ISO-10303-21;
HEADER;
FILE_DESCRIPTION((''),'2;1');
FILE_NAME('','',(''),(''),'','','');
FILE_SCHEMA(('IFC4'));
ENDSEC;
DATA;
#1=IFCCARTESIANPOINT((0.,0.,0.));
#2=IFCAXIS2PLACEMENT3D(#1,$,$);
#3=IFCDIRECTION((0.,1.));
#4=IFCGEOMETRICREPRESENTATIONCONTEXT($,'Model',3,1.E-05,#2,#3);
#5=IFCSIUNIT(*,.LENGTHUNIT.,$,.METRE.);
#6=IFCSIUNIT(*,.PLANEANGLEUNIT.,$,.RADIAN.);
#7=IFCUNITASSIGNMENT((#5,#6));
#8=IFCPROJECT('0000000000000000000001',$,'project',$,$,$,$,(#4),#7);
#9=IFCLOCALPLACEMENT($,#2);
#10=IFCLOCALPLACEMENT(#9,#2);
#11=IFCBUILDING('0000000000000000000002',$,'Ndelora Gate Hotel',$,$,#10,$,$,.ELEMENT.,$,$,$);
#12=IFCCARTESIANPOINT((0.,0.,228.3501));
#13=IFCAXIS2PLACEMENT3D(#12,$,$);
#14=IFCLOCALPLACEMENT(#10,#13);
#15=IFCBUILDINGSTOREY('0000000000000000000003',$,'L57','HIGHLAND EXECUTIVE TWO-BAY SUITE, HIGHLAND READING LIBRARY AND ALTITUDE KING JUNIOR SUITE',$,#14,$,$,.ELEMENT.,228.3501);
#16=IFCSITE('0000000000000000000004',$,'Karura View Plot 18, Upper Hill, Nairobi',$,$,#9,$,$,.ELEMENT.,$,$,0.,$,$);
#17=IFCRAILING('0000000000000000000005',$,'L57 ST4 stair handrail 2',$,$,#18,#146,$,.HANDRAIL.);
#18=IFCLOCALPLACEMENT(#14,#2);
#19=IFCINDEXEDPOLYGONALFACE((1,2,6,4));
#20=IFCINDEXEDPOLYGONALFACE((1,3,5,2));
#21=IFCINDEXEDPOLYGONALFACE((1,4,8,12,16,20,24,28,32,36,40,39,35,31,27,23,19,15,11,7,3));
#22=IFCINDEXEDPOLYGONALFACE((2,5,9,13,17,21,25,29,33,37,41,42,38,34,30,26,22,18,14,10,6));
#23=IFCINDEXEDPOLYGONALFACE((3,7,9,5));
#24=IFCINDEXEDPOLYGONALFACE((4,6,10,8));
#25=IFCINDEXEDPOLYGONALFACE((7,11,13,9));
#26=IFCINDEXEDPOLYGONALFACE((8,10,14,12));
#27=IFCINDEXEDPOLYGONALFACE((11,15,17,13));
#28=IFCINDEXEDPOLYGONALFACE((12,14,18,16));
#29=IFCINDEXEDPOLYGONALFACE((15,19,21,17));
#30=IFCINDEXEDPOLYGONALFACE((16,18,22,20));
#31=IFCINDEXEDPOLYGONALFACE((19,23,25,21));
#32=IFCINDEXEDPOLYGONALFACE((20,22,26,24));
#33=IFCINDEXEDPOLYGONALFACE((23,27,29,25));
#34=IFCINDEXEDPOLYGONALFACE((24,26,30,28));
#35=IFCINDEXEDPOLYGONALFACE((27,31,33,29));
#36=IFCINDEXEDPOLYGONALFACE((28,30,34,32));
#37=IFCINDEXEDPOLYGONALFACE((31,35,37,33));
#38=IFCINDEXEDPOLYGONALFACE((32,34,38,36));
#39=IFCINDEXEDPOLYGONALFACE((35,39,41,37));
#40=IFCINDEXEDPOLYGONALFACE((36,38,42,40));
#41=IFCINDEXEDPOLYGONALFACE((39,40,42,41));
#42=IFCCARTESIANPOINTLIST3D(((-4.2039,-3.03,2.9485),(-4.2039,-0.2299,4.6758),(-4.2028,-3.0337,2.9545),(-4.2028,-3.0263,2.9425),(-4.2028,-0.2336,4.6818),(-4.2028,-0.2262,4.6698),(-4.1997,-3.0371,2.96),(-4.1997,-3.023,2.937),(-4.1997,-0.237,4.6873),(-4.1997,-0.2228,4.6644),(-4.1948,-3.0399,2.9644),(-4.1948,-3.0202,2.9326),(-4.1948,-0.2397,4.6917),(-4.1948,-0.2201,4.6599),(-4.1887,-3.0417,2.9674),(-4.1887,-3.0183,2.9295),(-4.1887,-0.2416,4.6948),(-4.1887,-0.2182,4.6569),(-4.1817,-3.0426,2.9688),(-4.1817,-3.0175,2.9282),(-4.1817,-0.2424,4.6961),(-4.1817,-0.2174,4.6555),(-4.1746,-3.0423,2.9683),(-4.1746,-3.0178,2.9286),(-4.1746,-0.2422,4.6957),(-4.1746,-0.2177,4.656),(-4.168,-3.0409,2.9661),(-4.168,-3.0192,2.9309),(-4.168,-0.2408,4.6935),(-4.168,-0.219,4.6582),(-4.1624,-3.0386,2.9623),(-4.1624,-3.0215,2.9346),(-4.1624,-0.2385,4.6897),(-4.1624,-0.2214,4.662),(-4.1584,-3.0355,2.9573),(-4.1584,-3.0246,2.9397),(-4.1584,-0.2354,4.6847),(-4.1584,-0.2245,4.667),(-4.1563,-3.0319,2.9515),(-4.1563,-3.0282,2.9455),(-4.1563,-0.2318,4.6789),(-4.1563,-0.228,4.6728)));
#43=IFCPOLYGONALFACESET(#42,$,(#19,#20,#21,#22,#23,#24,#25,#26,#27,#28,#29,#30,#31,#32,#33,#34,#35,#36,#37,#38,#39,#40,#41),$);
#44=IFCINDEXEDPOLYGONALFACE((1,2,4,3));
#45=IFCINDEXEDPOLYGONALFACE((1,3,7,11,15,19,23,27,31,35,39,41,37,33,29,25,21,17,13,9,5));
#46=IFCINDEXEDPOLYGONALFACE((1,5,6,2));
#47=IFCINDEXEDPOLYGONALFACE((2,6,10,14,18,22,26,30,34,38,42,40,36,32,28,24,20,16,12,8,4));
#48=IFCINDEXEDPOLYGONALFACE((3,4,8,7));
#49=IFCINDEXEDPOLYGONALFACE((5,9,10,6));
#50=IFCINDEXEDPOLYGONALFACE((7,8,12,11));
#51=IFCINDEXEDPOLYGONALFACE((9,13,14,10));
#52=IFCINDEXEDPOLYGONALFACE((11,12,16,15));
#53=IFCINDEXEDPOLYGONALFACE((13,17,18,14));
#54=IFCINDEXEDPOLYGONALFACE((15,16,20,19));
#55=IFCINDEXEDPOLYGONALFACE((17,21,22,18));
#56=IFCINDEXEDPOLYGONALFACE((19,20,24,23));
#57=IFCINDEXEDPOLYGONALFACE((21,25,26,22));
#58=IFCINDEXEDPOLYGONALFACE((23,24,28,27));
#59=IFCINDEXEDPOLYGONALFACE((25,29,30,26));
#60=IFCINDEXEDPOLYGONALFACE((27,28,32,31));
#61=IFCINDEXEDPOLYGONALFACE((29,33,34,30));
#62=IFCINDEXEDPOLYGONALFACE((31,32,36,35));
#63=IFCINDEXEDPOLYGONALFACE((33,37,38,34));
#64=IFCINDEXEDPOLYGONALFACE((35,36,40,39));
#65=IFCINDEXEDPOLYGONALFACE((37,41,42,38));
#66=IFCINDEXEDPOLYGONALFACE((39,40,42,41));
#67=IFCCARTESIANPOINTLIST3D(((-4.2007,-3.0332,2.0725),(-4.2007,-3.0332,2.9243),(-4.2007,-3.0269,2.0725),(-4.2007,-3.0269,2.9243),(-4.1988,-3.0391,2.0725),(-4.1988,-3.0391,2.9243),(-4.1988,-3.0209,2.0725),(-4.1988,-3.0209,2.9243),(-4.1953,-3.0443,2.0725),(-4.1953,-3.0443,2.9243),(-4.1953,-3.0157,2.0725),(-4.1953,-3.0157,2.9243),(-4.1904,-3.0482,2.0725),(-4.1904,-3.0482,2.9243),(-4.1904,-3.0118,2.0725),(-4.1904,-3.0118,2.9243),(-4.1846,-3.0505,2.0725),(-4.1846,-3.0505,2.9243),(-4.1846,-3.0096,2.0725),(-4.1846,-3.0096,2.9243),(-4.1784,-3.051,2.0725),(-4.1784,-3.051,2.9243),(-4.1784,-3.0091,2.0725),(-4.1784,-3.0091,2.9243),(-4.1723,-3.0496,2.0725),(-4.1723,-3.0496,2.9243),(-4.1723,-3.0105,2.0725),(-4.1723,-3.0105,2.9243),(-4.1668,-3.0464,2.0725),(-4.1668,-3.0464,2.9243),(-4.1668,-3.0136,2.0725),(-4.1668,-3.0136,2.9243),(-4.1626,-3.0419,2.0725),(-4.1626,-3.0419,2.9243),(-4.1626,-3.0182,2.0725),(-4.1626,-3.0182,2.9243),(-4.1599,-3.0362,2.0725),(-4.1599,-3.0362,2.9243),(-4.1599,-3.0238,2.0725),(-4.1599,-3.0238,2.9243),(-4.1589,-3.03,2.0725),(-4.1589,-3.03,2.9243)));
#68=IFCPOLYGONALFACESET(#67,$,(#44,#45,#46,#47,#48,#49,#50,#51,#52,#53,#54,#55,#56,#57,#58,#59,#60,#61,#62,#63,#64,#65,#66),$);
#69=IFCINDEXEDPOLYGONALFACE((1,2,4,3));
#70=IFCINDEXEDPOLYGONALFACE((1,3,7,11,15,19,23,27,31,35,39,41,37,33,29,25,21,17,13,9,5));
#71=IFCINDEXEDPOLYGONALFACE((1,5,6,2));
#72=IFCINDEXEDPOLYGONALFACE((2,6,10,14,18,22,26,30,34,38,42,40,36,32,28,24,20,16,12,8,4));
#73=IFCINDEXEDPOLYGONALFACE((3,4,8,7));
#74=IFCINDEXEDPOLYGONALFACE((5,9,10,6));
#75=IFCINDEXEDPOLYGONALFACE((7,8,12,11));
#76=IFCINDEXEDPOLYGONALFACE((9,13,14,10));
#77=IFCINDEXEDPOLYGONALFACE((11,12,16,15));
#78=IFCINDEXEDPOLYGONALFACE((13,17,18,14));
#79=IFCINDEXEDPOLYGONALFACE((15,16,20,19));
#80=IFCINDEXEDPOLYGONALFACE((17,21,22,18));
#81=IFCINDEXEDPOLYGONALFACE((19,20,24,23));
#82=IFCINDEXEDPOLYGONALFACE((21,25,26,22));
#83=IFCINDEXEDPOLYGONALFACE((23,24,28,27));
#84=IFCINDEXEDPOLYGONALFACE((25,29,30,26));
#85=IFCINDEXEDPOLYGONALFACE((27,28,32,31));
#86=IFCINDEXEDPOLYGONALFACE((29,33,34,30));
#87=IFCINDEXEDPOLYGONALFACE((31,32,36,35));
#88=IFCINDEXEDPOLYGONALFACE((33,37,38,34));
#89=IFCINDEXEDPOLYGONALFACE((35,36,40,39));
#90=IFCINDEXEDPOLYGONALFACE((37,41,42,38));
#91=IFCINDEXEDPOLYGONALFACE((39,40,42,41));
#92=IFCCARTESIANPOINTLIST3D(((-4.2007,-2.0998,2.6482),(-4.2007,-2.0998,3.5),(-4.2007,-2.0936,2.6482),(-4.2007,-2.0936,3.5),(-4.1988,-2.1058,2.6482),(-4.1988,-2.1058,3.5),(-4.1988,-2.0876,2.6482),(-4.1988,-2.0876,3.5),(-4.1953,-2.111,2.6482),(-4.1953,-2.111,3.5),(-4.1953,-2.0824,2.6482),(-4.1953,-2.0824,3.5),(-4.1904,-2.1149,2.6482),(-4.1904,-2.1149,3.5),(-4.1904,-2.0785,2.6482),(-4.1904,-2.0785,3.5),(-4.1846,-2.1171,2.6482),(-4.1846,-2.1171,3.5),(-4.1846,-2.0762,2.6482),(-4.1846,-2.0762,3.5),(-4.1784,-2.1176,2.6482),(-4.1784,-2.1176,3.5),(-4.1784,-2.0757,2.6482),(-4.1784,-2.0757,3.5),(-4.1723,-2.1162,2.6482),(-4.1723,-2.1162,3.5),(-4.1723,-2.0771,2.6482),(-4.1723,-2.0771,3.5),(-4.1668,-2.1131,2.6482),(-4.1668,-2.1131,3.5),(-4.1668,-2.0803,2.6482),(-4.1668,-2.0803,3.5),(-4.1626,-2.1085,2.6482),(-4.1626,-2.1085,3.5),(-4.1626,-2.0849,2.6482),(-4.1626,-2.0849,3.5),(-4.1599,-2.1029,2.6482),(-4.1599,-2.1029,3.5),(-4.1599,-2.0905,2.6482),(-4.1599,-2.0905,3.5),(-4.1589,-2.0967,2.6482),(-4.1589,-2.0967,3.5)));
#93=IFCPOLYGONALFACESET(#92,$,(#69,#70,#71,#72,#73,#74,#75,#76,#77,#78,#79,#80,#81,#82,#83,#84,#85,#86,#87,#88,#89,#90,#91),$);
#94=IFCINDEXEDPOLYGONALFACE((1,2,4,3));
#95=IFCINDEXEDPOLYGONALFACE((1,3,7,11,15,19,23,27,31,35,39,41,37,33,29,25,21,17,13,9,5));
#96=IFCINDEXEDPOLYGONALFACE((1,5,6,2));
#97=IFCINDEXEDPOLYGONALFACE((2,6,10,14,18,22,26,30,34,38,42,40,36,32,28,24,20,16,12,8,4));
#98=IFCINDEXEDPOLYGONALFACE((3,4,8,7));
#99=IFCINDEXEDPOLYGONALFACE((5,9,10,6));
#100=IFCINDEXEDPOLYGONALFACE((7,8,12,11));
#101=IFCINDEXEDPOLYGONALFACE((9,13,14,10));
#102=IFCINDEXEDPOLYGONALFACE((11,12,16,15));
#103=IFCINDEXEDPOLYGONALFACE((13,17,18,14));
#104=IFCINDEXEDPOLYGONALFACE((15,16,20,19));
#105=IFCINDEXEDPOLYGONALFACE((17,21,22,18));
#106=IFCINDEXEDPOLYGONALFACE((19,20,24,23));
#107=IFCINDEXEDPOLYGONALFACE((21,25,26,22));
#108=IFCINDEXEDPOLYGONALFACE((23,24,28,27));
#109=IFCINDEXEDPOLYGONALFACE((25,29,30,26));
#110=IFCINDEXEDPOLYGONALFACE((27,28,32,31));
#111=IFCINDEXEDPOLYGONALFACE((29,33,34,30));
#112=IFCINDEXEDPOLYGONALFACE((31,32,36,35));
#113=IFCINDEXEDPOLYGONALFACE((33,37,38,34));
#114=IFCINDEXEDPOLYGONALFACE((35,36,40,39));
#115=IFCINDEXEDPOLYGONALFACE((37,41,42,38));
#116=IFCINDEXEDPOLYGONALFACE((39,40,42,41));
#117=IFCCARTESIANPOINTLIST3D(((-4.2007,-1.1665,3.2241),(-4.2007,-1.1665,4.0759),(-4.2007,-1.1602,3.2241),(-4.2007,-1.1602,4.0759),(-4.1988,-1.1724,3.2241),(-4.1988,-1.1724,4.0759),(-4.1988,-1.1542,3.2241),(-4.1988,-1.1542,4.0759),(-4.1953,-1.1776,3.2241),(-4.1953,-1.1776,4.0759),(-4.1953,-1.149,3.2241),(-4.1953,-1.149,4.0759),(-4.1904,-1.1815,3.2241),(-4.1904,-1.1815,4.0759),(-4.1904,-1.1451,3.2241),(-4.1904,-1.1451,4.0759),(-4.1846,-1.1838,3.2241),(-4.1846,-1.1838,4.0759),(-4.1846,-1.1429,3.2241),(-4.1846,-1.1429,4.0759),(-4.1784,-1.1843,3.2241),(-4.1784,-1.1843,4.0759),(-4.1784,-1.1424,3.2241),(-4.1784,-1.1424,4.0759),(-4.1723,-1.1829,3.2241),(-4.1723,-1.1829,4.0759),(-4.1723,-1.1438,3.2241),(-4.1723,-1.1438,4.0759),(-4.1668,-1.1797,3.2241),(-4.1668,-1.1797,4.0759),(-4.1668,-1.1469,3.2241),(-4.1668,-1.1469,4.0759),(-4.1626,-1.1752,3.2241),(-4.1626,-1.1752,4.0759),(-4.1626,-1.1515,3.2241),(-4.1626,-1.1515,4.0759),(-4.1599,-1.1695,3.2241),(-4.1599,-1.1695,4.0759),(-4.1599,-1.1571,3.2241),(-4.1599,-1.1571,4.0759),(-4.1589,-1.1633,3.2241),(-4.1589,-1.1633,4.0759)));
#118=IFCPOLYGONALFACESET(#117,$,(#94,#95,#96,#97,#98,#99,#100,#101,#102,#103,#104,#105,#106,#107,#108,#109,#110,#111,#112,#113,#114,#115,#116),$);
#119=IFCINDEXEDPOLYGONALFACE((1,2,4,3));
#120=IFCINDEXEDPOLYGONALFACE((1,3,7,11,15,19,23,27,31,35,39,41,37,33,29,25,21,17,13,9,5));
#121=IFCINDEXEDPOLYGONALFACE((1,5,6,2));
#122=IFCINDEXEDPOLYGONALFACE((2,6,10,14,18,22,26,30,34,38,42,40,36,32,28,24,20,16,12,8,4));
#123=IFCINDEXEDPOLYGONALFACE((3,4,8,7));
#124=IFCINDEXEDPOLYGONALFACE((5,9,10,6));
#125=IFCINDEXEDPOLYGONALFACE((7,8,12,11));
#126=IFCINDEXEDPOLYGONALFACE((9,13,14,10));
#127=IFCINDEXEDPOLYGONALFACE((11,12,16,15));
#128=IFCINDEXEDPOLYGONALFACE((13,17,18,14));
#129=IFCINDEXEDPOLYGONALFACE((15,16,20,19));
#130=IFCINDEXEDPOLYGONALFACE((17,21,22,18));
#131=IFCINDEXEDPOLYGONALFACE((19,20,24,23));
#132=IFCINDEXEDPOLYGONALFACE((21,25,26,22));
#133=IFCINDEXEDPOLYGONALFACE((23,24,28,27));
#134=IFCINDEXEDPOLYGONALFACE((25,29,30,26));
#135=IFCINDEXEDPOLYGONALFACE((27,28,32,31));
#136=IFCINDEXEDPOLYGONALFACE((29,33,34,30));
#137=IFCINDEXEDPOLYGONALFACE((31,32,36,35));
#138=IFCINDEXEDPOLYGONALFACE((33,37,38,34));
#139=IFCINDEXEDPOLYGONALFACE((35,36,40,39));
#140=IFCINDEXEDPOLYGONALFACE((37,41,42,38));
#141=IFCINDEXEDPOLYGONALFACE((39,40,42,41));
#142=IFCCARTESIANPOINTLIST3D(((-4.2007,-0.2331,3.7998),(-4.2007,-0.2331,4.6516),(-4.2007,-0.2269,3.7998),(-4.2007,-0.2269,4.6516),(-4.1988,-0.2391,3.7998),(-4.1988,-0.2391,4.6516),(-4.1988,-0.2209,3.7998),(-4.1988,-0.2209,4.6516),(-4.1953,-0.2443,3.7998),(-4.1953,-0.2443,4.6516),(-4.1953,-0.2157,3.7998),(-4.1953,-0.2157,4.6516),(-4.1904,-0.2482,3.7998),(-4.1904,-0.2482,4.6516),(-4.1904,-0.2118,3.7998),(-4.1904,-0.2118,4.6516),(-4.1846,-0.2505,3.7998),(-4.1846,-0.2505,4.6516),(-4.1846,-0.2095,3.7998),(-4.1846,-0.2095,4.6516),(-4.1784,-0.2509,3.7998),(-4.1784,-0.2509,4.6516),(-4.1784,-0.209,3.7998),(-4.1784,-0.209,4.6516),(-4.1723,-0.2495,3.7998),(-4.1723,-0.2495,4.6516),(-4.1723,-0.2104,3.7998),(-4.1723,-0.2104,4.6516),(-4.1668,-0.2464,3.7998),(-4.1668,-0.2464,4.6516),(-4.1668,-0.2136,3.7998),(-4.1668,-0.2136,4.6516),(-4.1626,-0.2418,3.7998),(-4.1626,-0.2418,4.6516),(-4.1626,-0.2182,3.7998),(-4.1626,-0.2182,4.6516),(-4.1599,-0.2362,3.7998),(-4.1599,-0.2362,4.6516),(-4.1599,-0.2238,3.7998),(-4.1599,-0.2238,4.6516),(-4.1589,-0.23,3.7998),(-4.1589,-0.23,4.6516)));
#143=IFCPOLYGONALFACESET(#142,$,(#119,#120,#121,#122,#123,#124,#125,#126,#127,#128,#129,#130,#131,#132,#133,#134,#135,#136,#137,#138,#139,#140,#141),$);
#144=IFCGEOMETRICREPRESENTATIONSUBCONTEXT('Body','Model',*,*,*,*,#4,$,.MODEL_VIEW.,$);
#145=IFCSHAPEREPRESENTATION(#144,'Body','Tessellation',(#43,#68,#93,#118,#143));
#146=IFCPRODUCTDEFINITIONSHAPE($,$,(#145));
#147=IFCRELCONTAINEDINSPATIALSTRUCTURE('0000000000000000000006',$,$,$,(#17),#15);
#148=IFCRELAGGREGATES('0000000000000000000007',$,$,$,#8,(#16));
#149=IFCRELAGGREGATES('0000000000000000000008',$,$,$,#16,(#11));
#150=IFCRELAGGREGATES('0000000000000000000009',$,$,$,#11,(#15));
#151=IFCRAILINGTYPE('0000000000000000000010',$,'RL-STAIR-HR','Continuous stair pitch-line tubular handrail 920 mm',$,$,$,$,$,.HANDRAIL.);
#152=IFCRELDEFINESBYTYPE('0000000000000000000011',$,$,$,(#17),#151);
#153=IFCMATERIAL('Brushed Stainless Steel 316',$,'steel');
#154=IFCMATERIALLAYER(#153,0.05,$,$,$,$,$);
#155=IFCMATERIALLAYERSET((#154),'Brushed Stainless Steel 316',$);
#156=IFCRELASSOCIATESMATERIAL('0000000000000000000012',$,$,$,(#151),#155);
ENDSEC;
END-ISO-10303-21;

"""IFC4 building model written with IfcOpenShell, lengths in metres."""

from ifc_helpers import new_model, si_unit, direction, frame, origin, origin_2d, place, context, subcontext, project, spatial, circle, extrude, material, layer, layer_set, type_object, element, save


model = new_model("IFC4")

# Units and contexts
model_context = context("Model", 3, precision=1e-05, world=origin(), true_north=direction((0.0, 1.0)))
body_context = subcontext(model_context, "Body", "Model", "MODEL_VIEW")
ifc_project = project(units=[si_unit("LENGTHUNIT", "METRE"), si_unit("PLANEANGLEUNIT", "RADIAN")], contexts=[model_context])

# Site, building, storey
site_placement = place(None, origin())
site = spatial("IfcSite", under=ifc_project, at=site_placement, Name="Karura View Plot 18, Upper Hill, Nairobi", CompositionType="ELEMENT", RefElevation=0.0)
building_placement = place(site_placement, origin())
building = spatial("IfcBuilding", under=site, at=building_placement, Name="Ndelora Gate Hotel", CompositionType="ELEMENT")
storey_placement = place(building_placement, frame((0.0, 0.0, 228.3501)))
storey = spatial("IfcBuildingStorey", under=building, at=storey_placement, Name="L57", Description="HIGHLAND EXECUTIVE TWO-BAY SUITE, HIGHLAND READING LIBRARY AND ALTITUDE KING JUNIOR SUITE", CompositionType="ELEMENT", Elevation=228.3501)

# Railing
ifc_material_1 = material(Name="Brushed Stainless Steel 316", Category="steel")
ifc_layer_1 = layer(ifc_material_1, 0.05)
ifc_layer_set_1 = layer_set([ifc_layer_1], Name="Brushed Stainless Steel 316")
railing_type_1 = type_object("IfcRailingType", Name="RL-STAIR-HR", Description="Continuous stair pitch-line tubular handrail 920 mm", PredefinedType="HANDRAIL", material=ifc_layer_set_1)
railing_1_placement = place(storey_placement, frame((-4.1799, -3.03, 2.0725)))
element("IfcRailing", 1, at=railing_1_placement, inside=storey, type_object=railing_type_1, Name="L57 ST4 stair handrail 2", PredefinedType="HANDRAIL", context=body_context, shape_type="SweptSolid", body=[
    extrude(circle(Radius=0.0239, at=origin_2d()), frame((0.0, 0.0, 0.876), z_axis=(0.0, 0.85109, 0.52502), x_axis=(-1.0, 0.0, 0.0)), (0.0, 0.0, 1.0), 3.29),
    extrude(circle(Radius=0.021, at=origin_2d()), origin(), (0.0, 0.0, 1.0), 0.8518),
    extrude(circle(Radius=0.021, at=origin_2d()), frame((0.0, 0.9333, 0.5757)), (0.0, 0.0, 1.0), 0.8518),
    extrude(circle(Radius=0.021, at=origin_2d()), frame((0.0, 1.8667, 1.1516)), (0.0, 0.0, 1.0), 0.8518),
    extrude(circle(Radius=0.021, at=origin_2d()), frame((0.0, 2.8, 1.7273)), (0.0, 0.0, 1.0), 0.8518),
])

save(model, "model.ifc")
